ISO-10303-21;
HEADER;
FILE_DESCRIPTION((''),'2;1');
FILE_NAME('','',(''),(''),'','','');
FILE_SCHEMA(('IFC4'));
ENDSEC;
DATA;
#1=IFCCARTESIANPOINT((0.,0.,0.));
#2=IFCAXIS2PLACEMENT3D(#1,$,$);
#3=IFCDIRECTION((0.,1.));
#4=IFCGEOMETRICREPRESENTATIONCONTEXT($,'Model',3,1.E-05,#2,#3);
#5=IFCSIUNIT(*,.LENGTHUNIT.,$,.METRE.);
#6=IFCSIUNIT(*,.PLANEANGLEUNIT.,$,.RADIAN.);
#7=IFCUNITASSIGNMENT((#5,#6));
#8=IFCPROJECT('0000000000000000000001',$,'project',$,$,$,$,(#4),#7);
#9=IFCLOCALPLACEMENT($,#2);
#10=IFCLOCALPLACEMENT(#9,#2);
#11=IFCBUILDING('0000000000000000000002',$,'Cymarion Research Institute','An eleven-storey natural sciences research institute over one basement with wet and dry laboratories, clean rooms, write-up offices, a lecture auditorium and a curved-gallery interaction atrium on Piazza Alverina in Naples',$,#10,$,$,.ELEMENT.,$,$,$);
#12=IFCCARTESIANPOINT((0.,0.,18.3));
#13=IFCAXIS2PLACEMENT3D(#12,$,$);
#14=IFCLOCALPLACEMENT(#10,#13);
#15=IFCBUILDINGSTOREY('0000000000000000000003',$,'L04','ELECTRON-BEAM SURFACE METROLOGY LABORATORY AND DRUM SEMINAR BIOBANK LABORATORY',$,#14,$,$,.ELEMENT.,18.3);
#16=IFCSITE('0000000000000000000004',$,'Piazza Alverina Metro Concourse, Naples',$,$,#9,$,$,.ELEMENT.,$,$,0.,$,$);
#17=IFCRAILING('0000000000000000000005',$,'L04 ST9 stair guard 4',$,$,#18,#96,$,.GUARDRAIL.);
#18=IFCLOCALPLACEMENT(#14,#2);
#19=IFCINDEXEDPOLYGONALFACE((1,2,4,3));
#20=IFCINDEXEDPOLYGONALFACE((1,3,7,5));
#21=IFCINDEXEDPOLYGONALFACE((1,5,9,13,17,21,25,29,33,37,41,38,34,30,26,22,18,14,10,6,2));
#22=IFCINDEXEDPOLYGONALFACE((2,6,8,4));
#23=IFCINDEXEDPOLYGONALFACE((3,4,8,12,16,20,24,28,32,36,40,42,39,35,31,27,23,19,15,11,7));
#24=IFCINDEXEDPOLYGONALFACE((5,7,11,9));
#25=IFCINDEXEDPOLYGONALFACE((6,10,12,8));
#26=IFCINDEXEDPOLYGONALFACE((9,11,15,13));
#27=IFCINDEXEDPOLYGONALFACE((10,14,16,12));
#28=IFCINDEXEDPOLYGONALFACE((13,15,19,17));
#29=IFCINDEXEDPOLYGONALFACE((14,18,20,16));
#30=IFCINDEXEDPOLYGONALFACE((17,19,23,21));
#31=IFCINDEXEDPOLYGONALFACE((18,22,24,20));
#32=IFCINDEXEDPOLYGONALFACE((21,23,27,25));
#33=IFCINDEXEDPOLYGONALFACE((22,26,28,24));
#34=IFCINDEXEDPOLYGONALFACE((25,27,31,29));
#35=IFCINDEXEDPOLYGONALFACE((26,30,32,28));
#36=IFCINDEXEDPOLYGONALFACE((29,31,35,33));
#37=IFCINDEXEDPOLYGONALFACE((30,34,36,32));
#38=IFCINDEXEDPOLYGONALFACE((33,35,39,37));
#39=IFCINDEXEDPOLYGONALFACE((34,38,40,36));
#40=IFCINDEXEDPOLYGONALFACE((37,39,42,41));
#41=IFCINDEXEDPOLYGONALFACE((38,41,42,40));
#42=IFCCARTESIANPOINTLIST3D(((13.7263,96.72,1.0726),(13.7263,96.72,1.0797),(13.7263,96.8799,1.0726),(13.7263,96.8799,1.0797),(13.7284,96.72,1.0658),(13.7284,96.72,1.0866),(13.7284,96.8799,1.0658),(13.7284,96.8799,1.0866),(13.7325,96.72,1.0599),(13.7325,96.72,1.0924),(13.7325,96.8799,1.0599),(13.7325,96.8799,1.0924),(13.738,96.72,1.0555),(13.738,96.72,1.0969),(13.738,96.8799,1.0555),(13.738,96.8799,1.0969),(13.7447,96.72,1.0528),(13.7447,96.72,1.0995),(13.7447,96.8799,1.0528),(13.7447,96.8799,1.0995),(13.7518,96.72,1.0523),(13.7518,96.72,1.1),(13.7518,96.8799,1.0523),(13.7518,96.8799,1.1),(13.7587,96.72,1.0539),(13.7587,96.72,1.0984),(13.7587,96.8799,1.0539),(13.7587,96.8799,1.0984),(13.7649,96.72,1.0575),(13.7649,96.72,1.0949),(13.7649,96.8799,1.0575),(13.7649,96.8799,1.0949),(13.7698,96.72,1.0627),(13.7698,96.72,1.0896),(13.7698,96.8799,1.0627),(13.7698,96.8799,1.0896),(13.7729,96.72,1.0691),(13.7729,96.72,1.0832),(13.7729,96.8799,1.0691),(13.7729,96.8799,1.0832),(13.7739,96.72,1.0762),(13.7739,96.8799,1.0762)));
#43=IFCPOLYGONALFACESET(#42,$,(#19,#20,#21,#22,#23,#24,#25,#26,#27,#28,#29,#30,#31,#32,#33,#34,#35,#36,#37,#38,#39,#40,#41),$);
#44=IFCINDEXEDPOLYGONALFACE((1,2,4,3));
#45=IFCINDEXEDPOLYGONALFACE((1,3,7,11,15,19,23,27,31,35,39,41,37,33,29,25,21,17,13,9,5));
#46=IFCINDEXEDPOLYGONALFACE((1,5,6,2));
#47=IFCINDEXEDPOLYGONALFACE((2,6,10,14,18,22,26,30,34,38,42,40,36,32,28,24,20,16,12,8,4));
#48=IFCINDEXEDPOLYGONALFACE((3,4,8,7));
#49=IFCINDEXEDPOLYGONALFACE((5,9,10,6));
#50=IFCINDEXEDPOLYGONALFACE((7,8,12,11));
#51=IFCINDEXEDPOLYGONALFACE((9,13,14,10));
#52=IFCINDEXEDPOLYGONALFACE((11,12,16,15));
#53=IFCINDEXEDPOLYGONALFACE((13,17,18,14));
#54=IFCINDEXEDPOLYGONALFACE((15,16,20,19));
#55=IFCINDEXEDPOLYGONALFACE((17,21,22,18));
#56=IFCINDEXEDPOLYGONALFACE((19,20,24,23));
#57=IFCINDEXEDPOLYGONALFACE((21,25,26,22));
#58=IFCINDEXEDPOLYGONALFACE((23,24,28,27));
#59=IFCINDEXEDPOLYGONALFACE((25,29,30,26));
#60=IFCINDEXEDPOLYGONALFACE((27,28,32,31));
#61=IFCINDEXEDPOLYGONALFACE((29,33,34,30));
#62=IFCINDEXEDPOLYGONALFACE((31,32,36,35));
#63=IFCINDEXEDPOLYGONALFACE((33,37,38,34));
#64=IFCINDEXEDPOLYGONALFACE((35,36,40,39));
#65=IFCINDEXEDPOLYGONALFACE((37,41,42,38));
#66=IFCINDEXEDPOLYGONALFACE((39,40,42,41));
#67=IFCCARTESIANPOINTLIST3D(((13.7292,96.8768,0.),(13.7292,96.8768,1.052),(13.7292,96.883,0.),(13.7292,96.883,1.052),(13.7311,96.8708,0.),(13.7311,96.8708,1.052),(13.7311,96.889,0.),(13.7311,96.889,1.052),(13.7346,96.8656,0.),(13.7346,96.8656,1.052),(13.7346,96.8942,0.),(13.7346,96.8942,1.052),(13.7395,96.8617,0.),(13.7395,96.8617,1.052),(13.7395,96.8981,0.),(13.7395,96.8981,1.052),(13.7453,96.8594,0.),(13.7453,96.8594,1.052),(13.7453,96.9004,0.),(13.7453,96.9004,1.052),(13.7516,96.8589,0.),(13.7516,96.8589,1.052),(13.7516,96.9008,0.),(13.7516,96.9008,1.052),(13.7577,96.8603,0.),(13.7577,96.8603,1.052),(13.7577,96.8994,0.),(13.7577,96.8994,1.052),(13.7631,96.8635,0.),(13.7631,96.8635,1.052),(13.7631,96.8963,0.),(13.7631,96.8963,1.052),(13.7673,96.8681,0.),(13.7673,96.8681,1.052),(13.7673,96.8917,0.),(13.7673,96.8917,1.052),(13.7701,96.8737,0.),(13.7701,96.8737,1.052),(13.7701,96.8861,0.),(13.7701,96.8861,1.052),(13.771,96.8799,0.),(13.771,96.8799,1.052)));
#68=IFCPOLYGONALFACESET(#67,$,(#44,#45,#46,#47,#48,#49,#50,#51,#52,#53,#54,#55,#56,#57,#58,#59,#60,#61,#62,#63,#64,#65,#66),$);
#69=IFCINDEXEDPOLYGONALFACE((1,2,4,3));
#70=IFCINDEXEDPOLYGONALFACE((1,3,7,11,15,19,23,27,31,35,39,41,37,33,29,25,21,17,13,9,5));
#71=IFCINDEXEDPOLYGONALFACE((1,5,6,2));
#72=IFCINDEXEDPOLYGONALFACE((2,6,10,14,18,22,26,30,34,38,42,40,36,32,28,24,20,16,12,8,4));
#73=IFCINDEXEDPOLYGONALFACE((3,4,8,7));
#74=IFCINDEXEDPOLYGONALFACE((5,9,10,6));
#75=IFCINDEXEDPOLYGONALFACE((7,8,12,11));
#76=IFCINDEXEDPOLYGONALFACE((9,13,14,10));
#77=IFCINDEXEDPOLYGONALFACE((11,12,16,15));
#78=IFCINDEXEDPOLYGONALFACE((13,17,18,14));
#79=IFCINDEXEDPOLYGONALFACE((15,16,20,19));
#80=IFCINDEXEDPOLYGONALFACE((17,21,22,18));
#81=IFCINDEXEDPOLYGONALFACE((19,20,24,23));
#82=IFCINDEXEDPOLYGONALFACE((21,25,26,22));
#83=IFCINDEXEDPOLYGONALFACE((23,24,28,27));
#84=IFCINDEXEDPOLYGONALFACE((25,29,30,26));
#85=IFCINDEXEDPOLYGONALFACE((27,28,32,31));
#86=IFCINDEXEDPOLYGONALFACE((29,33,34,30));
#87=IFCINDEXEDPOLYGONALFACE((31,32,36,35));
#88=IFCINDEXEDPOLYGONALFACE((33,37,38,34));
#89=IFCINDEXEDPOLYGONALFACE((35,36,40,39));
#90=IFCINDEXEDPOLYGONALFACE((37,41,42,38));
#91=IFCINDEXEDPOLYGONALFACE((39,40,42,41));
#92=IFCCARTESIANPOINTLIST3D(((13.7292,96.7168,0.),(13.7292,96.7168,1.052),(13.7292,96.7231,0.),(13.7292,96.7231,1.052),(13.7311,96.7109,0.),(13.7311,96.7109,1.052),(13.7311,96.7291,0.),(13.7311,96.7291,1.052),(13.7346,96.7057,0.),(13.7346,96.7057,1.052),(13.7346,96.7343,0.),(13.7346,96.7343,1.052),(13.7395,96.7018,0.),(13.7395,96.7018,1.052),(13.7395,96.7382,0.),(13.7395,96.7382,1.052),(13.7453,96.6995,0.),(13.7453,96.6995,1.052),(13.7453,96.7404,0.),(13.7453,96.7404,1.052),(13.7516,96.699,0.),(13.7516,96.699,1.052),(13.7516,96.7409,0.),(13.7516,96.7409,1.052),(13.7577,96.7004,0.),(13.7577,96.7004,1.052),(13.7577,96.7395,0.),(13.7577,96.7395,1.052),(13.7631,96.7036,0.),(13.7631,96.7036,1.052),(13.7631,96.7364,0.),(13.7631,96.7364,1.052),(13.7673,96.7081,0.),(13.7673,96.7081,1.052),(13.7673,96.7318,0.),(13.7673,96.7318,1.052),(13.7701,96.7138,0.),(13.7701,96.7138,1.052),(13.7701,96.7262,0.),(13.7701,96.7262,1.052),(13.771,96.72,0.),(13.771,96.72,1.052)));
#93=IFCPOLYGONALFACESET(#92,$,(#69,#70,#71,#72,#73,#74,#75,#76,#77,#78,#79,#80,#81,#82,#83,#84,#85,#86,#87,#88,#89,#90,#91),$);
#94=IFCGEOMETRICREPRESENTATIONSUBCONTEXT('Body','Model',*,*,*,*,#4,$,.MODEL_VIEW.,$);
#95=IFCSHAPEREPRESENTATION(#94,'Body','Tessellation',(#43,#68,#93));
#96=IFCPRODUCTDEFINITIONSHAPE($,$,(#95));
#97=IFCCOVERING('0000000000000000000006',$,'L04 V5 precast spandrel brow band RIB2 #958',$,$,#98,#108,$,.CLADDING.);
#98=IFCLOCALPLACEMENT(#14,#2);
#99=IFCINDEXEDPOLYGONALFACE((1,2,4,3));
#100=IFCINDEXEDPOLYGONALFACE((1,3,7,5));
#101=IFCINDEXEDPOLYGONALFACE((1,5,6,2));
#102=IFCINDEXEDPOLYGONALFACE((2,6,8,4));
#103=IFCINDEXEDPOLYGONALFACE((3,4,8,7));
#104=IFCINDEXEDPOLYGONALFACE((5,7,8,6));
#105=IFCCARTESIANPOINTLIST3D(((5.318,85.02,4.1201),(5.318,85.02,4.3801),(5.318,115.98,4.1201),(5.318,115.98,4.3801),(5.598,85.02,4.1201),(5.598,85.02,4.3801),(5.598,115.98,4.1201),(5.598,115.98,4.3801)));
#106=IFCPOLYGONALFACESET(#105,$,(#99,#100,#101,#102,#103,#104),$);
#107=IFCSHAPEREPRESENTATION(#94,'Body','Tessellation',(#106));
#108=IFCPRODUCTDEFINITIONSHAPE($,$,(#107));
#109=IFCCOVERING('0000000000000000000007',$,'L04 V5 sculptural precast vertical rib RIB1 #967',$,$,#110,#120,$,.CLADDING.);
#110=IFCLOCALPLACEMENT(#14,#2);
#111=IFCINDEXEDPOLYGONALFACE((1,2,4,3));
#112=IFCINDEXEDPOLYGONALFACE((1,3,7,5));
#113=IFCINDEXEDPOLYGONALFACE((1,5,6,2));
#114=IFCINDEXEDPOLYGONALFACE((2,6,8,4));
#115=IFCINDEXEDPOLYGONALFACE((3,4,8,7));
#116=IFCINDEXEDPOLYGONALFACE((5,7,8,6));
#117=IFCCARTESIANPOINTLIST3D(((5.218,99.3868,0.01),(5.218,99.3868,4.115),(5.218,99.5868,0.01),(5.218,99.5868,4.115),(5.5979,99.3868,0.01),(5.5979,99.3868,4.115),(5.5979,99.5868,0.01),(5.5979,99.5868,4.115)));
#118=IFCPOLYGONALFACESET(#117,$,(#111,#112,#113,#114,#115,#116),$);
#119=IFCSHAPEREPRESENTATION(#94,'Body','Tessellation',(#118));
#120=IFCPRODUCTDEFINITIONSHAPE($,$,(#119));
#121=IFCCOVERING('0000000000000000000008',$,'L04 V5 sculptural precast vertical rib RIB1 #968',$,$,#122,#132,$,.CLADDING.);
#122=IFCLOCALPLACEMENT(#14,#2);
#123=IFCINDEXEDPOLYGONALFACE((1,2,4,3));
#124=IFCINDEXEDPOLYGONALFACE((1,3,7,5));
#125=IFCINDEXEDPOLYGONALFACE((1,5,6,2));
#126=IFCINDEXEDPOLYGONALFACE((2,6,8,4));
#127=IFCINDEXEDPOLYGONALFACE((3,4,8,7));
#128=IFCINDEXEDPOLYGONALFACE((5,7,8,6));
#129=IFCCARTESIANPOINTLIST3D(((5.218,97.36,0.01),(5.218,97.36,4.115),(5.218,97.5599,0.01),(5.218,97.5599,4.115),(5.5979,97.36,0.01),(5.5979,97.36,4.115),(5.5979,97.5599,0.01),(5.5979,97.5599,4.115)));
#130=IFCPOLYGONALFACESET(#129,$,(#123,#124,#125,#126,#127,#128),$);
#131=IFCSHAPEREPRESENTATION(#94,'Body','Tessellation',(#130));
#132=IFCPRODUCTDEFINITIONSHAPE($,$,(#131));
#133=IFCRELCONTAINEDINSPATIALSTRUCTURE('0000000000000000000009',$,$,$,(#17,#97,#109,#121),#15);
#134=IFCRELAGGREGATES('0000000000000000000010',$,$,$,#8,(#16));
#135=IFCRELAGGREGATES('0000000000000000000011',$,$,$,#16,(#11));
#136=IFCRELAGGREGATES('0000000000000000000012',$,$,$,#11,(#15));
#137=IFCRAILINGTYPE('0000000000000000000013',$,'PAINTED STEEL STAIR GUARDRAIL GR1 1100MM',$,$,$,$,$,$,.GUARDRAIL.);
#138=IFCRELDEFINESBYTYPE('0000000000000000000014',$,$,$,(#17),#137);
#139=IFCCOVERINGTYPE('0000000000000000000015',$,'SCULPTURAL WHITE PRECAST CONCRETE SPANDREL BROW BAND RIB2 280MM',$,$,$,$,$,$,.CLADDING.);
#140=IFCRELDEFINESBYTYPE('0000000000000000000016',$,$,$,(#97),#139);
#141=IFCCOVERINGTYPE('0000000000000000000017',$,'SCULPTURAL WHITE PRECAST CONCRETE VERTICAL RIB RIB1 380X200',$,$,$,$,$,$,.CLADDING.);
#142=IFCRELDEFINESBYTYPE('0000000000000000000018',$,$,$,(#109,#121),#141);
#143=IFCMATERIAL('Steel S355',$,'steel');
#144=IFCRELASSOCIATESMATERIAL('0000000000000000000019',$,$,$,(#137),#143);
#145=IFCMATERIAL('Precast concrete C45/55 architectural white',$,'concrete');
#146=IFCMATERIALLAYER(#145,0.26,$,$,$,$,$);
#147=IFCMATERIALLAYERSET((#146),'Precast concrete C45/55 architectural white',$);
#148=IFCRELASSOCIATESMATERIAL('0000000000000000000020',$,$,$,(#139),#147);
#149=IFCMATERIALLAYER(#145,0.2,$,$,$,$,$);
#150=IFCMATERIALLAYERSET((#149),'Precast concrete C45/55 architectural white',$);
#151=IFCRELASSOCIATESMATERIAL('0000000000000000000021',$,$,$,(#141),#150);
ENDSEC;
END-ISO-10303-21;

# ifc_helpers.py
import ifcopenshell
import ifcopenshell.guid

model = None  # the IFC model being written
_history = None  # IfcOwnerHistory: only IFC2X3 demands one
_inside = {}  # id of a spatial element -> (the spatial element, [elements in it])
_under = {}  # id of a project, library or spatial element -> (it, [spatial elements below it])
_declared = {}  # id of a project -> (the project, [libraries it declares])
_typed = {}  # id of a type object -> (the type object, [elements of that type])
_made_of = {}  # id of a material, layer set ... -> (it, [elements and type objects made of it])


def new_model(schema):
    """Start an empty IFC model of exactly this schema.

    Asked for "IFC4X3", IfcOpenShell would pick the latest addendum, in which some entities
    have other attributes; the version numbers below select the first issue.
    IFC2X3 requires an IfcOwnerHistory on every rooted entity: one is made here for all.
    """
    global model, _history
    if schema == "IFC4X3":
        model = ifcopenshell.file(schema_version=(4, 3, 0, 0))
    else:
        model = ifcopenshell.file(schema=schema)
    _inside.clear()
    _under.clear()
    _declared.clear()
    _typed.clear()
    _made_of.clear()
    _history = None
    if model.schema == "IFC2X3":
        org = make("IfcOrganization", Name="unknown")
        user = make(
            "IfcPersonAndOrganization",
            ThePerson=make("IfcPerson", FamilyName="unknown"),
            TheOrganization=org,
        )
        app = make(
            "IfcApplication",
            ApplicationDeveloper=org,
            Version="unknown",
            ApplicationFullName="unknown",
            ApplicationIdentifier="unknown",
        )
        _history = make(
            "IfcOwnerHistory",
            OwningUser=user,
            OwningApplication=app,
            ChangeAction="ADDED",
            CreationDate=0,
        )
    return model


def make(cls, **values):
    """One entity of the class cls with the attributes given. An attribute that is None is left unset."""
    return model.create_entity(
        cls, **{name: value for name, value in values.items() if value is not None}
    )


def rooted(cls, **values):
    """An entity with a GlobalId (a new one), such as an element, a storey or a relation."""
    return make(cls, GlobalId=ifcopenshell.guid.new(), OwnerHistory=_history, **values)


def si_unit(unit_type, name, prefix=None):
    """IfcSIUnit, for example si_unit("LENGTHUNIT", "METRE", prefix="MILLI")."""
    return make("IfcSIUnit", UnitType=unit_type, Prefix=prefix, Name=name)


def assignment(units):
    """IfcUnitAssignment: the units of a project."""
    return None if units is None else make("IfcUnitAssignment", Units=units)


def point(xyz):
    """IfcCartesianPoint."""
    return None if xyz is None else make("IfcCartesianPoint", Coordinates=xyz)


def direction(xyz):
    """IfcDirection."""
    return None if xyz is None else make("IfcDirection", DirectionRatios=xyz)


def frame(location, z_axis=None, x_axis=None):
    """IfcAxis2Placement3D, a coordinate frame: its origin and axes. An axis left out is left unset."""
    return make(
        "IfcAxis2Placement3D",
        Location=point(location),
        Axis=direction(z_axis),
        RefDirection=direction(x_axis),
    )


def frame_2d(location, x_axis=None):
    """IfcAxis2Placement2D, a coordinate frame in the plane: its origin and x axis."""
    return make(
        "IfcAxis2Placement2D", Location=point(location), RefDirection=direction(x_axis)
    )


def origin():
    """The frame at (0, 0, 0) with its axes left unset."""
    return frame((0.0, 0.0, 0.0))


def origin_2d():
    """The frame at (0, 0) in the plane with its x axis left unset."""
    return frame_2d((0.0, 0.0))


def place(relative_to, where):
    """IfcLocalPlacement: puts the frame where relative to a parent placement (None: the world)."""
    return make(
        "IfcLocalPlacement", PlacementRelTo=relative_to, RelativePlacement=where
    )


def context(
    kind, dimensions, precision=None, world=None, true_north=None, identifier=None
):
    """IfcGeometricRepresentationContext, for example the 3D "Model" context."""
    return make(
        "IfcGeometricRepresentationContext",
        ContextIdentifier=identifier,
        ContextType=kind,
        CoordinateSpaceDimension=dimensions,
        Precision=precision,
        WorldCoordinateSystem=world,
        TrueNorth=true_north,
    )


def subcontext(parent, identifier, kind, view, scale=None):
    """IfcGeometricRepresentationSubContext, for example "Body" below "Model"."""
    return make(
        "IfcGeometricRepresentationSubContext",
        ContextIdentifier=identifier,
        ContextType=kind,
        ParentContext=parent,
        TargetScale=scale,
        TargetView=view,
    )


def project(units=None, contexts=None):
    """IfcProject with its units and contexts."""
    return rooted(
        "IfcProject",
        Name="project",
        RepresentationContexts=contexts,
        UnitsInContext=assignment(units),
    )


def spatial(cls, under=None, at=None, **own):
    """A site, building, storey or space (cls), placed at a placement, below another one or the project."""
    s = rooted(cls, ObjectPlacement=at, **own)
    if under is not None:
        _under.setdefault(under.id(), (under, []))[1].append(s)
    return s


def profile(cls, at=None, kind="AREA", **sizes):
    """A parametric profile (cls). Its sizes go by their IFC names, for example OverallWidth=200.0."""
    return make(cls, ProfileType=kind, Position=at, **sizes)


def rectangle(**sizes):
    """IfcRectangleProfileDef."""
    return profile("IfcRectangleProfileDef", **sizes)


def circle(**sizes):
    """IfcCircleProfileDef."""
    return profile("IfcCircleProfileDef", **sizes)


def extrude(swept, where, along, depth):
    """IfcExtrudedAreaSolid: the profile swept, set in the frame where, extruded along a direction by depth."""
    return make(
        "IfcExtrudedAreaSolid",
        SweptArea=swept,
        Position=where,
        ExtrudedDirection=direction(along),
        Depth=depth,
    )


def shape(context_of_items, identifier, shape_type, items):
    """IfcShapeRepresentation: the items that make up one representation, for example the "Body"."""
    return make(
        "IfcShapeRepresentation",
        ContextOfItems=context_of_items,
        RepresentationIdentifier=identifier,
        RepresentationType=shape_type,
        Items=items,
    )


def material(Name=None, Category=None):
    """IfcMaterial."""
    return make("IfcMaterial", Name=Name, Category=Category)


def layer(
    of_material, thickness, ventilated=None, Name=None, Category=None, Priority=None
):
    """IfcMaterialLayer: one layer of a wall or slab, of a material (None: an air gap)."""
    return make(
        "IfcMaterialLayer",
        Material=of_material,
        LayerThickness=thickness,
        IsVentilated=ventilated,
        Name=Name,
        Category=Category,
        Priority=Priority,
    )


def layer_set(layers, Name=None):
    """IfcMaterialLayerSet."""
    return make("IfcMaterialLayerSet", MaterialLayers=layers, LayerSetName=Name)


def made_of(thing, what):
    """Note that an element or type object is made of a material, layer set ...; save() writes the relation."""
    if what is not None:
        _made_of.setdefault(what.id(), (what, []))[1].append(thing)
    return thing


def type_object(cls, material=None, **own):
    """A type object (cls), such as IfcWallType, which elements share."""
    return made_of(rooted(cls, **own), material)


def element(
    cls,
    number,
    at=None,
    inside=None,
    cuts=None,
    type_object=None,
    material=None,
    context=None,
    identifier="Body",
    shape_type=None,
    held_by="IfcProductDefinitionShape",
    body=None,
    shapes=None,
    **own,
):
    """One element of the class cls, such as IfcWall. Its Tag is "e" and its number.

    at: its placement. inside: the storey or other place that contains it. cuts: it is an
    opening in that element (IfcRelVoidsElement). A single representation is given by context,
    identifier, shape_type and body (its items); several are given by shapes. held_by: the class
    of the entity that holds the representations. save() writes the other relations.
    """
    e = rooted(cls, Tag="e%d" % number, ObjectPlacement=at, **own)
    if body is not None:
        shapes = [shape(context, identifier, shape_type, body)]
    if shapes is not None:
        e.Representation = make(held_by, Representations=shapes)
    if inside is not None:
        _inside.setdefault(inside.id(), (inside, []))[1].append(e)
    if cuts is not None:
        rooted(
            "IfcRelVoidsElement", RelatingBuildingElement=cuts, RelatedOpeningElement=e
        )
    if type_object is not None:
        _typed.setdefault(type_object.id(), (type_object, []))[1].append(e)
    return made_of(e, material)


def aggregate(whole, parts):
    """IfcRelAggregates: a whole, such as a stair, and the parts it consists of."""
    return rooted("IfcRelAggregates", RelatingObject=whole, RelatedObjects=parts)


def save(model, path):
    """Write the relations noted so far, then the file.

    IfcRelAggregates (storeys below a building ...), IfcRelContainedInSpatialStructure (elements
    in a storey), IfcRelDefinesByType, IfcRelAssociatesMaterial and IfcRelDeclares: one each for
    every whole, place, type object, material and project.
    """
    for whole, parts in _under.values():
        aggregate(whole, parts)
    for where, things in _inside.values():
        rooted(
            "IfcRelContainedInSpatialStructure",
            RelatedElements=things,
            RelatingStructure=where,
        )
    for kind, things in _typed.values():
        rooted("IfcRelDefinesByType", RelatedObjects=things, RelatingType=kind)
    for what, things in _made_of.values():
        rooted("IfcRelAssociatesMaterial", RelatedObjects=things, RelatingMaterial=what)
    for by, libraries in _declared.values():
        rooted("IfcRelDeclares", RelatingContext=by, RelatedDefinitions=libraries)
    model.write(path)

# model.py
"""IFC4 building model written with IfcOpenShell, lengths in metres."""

from ifc_helpers import new_model, si_unit, direction, frame, origin, origin_2d, place, context, subcontext, project, spatial, rectangle, circle, extrude, material, layer, layer_set, type_object, element, save


model = new_model("IFC4")

# Units and contexts
model_context = context("Model", 3, precision=1e-05, world=origin(), true_north=direction((0.0, 1.0)))
body_context = subcontext(model_context, "Body", "Model", "MODEL_VIEW")
ifc_project = project(units=[si_unit("LENGTHUNIT", "METRE"), si_unit("PLANEANGLEUNIT", "RADIAN")], contexts=[model_context])

# Site, building, storey
site_placement = place(None, origin())
site = spatial("IfcSite", under=ifc_project, at=site_placement, Name="Piazza Alverina Metro Concourse, Naples", CompositionType="ELEMENT", RefElevation=0.0)
building_placement = place(site_placement, origin())
building = spatial("IfcBuilding", under=site, at=building_placement, Name="Cymarion Research Institute", Description="An eleven-storey natural sciences research institute over one basement with wet and dry laboratories, clean rooms, write-up offices, a lecture auditorium and a curved-gallery interaction atrium on Piazza Alverina in Naples", CompositionType="ELEMENT")
storey_placement = place(building_placement, frame((0.0, 0.0, 18.3)))
storey = spatial("IfcBuildingStorey", under=building, at=storey_placement, Name="L04", Description="ELECTRON-BEAM SURFACE METROLOGY LABORATORY AND DRUM SEMINAR BIOBANK LABORATORY", CompositionType="ELEMENT", Elevation=18.3)

# Railing
ifc_material_1 = material(Name="Steel S355", Category="steel")
railing_type_1 = type_object("IfcRailingType", Name="PAINTED STEEL STAIR GUARDRAIL GR1 1100MM", PredefinedType="GUARDRAIL", material=ifc_material_1)
railing_1_placement = place(storey_placement, frame((13.75, 96.8799, 0.0)))
element("IfcRailing", 1, at=railing_1_placement, inside=storey, type_object=railing_type_1, Name="L04 ST9 stair guard 4", PredefinedType="GUARDRAIL", context=body_context, shape_type="SweptSolid", body=[
    extrude(circle(Radius=0.0239, at=origin_2d()), frame((0.0, 0.0, 1.0762), z_axis=(0.0, -1.0, 0.0), x_axis=(1.0, 0.0, 0.0)), (0.0, 0.0, 1.0), 0.1599),
    extrude(circle(Radius=0.021, at=origin_2d()), origin(), (0.0, 0.0, 1.0), 1.052),
    extrude(circle(Radius=0.021, at=origin_2d()), frame((0.0, -0.1599, 0.0)), (0.0, 0.0, 1.0), 1.052),
])

# Coverings
ifc_material_2 = material(Name="Precast concrete C45/55 architectural white", Category="concrete")
ifc_layer_1 = layer(ifc_material_2, 0.26)
ifc_layer_set_1 = layer_set([ifc_layer_1], Name="Precast concrete C45/55 architectural white")
covering_type_1 = type_object("IfcCoveringType", Name="SCULPTURAL WHITE PRECAST CONCRETE SPANDREL BROW BAND RIB2 280MM", PredefinedType="CLADDING", material=ifc_layer_set_1)
covering_placement = place(storey_placement, frame((5.458, 100.5, 4.1201), z_axis=(0.0, 0.0, 1.0), x_axis=(-1.0, 0.0, 0.0)))
element("IfcCovering", 2, at=covering_placement, inside=storey, type_object=covering_type_1, Name="L04 V5 precast spandrel brow band RIB2 #958", PredefinedType="CLADDING", context=body_context, shape_type="SweptSolid", body=[
    extrude(rectangle(XDim=0.28, YDim=30.96, at=origin_2d()), origin(), (0.0, 0.0, 1.0), 0.26),
])
ifc_layer_2 = layer(ifc_material_2, 0.2)
ifc_layer_set_2 = layer_set([ifc_layer_2], Name="Precast concrete C45/55 architectural white")
covering_type_2 = type_object("IfcCoveringType", Name="SCULPTURAL WHITE PRECAST CONCRETE VERTICAL RIB RIB1 380X200", PredefinedType="CLADDING", material=ifc_layer_set_2)
for number, where, z_axis, x_axis, name in (
    (3, (5.408, 99.4868, 0.01), (0.0, 0.0, 1.0), (-1.0, 0.0, 0.0), "L04 V5 sculptural precast vertical rib RIB1 #967"),
    (4, (5.408, 97.46, 0.01), (0.0, 0.0, 1.0), (-1.0, 0.0, 0.0), "L04 V5 sculptural precast vertical rib RIB1 #968"),
):
    element("IfcCovering", number, at=place(storey_placement, frame(where, z_axis=z_axis, x_axis=x_axis)), inside=storey, type_object=covering_type_2, Name=name, PredefinedType="CLADDING", context=body_context, shape_type="SweptSolid", body=[
        extrude(rectangle(XDim=0.3799, YDim=0.2, at=origin_2d()), origin(), (0.0, 0.0, 1.0), 4.105),
    ])

save(model, "model.ifc")
